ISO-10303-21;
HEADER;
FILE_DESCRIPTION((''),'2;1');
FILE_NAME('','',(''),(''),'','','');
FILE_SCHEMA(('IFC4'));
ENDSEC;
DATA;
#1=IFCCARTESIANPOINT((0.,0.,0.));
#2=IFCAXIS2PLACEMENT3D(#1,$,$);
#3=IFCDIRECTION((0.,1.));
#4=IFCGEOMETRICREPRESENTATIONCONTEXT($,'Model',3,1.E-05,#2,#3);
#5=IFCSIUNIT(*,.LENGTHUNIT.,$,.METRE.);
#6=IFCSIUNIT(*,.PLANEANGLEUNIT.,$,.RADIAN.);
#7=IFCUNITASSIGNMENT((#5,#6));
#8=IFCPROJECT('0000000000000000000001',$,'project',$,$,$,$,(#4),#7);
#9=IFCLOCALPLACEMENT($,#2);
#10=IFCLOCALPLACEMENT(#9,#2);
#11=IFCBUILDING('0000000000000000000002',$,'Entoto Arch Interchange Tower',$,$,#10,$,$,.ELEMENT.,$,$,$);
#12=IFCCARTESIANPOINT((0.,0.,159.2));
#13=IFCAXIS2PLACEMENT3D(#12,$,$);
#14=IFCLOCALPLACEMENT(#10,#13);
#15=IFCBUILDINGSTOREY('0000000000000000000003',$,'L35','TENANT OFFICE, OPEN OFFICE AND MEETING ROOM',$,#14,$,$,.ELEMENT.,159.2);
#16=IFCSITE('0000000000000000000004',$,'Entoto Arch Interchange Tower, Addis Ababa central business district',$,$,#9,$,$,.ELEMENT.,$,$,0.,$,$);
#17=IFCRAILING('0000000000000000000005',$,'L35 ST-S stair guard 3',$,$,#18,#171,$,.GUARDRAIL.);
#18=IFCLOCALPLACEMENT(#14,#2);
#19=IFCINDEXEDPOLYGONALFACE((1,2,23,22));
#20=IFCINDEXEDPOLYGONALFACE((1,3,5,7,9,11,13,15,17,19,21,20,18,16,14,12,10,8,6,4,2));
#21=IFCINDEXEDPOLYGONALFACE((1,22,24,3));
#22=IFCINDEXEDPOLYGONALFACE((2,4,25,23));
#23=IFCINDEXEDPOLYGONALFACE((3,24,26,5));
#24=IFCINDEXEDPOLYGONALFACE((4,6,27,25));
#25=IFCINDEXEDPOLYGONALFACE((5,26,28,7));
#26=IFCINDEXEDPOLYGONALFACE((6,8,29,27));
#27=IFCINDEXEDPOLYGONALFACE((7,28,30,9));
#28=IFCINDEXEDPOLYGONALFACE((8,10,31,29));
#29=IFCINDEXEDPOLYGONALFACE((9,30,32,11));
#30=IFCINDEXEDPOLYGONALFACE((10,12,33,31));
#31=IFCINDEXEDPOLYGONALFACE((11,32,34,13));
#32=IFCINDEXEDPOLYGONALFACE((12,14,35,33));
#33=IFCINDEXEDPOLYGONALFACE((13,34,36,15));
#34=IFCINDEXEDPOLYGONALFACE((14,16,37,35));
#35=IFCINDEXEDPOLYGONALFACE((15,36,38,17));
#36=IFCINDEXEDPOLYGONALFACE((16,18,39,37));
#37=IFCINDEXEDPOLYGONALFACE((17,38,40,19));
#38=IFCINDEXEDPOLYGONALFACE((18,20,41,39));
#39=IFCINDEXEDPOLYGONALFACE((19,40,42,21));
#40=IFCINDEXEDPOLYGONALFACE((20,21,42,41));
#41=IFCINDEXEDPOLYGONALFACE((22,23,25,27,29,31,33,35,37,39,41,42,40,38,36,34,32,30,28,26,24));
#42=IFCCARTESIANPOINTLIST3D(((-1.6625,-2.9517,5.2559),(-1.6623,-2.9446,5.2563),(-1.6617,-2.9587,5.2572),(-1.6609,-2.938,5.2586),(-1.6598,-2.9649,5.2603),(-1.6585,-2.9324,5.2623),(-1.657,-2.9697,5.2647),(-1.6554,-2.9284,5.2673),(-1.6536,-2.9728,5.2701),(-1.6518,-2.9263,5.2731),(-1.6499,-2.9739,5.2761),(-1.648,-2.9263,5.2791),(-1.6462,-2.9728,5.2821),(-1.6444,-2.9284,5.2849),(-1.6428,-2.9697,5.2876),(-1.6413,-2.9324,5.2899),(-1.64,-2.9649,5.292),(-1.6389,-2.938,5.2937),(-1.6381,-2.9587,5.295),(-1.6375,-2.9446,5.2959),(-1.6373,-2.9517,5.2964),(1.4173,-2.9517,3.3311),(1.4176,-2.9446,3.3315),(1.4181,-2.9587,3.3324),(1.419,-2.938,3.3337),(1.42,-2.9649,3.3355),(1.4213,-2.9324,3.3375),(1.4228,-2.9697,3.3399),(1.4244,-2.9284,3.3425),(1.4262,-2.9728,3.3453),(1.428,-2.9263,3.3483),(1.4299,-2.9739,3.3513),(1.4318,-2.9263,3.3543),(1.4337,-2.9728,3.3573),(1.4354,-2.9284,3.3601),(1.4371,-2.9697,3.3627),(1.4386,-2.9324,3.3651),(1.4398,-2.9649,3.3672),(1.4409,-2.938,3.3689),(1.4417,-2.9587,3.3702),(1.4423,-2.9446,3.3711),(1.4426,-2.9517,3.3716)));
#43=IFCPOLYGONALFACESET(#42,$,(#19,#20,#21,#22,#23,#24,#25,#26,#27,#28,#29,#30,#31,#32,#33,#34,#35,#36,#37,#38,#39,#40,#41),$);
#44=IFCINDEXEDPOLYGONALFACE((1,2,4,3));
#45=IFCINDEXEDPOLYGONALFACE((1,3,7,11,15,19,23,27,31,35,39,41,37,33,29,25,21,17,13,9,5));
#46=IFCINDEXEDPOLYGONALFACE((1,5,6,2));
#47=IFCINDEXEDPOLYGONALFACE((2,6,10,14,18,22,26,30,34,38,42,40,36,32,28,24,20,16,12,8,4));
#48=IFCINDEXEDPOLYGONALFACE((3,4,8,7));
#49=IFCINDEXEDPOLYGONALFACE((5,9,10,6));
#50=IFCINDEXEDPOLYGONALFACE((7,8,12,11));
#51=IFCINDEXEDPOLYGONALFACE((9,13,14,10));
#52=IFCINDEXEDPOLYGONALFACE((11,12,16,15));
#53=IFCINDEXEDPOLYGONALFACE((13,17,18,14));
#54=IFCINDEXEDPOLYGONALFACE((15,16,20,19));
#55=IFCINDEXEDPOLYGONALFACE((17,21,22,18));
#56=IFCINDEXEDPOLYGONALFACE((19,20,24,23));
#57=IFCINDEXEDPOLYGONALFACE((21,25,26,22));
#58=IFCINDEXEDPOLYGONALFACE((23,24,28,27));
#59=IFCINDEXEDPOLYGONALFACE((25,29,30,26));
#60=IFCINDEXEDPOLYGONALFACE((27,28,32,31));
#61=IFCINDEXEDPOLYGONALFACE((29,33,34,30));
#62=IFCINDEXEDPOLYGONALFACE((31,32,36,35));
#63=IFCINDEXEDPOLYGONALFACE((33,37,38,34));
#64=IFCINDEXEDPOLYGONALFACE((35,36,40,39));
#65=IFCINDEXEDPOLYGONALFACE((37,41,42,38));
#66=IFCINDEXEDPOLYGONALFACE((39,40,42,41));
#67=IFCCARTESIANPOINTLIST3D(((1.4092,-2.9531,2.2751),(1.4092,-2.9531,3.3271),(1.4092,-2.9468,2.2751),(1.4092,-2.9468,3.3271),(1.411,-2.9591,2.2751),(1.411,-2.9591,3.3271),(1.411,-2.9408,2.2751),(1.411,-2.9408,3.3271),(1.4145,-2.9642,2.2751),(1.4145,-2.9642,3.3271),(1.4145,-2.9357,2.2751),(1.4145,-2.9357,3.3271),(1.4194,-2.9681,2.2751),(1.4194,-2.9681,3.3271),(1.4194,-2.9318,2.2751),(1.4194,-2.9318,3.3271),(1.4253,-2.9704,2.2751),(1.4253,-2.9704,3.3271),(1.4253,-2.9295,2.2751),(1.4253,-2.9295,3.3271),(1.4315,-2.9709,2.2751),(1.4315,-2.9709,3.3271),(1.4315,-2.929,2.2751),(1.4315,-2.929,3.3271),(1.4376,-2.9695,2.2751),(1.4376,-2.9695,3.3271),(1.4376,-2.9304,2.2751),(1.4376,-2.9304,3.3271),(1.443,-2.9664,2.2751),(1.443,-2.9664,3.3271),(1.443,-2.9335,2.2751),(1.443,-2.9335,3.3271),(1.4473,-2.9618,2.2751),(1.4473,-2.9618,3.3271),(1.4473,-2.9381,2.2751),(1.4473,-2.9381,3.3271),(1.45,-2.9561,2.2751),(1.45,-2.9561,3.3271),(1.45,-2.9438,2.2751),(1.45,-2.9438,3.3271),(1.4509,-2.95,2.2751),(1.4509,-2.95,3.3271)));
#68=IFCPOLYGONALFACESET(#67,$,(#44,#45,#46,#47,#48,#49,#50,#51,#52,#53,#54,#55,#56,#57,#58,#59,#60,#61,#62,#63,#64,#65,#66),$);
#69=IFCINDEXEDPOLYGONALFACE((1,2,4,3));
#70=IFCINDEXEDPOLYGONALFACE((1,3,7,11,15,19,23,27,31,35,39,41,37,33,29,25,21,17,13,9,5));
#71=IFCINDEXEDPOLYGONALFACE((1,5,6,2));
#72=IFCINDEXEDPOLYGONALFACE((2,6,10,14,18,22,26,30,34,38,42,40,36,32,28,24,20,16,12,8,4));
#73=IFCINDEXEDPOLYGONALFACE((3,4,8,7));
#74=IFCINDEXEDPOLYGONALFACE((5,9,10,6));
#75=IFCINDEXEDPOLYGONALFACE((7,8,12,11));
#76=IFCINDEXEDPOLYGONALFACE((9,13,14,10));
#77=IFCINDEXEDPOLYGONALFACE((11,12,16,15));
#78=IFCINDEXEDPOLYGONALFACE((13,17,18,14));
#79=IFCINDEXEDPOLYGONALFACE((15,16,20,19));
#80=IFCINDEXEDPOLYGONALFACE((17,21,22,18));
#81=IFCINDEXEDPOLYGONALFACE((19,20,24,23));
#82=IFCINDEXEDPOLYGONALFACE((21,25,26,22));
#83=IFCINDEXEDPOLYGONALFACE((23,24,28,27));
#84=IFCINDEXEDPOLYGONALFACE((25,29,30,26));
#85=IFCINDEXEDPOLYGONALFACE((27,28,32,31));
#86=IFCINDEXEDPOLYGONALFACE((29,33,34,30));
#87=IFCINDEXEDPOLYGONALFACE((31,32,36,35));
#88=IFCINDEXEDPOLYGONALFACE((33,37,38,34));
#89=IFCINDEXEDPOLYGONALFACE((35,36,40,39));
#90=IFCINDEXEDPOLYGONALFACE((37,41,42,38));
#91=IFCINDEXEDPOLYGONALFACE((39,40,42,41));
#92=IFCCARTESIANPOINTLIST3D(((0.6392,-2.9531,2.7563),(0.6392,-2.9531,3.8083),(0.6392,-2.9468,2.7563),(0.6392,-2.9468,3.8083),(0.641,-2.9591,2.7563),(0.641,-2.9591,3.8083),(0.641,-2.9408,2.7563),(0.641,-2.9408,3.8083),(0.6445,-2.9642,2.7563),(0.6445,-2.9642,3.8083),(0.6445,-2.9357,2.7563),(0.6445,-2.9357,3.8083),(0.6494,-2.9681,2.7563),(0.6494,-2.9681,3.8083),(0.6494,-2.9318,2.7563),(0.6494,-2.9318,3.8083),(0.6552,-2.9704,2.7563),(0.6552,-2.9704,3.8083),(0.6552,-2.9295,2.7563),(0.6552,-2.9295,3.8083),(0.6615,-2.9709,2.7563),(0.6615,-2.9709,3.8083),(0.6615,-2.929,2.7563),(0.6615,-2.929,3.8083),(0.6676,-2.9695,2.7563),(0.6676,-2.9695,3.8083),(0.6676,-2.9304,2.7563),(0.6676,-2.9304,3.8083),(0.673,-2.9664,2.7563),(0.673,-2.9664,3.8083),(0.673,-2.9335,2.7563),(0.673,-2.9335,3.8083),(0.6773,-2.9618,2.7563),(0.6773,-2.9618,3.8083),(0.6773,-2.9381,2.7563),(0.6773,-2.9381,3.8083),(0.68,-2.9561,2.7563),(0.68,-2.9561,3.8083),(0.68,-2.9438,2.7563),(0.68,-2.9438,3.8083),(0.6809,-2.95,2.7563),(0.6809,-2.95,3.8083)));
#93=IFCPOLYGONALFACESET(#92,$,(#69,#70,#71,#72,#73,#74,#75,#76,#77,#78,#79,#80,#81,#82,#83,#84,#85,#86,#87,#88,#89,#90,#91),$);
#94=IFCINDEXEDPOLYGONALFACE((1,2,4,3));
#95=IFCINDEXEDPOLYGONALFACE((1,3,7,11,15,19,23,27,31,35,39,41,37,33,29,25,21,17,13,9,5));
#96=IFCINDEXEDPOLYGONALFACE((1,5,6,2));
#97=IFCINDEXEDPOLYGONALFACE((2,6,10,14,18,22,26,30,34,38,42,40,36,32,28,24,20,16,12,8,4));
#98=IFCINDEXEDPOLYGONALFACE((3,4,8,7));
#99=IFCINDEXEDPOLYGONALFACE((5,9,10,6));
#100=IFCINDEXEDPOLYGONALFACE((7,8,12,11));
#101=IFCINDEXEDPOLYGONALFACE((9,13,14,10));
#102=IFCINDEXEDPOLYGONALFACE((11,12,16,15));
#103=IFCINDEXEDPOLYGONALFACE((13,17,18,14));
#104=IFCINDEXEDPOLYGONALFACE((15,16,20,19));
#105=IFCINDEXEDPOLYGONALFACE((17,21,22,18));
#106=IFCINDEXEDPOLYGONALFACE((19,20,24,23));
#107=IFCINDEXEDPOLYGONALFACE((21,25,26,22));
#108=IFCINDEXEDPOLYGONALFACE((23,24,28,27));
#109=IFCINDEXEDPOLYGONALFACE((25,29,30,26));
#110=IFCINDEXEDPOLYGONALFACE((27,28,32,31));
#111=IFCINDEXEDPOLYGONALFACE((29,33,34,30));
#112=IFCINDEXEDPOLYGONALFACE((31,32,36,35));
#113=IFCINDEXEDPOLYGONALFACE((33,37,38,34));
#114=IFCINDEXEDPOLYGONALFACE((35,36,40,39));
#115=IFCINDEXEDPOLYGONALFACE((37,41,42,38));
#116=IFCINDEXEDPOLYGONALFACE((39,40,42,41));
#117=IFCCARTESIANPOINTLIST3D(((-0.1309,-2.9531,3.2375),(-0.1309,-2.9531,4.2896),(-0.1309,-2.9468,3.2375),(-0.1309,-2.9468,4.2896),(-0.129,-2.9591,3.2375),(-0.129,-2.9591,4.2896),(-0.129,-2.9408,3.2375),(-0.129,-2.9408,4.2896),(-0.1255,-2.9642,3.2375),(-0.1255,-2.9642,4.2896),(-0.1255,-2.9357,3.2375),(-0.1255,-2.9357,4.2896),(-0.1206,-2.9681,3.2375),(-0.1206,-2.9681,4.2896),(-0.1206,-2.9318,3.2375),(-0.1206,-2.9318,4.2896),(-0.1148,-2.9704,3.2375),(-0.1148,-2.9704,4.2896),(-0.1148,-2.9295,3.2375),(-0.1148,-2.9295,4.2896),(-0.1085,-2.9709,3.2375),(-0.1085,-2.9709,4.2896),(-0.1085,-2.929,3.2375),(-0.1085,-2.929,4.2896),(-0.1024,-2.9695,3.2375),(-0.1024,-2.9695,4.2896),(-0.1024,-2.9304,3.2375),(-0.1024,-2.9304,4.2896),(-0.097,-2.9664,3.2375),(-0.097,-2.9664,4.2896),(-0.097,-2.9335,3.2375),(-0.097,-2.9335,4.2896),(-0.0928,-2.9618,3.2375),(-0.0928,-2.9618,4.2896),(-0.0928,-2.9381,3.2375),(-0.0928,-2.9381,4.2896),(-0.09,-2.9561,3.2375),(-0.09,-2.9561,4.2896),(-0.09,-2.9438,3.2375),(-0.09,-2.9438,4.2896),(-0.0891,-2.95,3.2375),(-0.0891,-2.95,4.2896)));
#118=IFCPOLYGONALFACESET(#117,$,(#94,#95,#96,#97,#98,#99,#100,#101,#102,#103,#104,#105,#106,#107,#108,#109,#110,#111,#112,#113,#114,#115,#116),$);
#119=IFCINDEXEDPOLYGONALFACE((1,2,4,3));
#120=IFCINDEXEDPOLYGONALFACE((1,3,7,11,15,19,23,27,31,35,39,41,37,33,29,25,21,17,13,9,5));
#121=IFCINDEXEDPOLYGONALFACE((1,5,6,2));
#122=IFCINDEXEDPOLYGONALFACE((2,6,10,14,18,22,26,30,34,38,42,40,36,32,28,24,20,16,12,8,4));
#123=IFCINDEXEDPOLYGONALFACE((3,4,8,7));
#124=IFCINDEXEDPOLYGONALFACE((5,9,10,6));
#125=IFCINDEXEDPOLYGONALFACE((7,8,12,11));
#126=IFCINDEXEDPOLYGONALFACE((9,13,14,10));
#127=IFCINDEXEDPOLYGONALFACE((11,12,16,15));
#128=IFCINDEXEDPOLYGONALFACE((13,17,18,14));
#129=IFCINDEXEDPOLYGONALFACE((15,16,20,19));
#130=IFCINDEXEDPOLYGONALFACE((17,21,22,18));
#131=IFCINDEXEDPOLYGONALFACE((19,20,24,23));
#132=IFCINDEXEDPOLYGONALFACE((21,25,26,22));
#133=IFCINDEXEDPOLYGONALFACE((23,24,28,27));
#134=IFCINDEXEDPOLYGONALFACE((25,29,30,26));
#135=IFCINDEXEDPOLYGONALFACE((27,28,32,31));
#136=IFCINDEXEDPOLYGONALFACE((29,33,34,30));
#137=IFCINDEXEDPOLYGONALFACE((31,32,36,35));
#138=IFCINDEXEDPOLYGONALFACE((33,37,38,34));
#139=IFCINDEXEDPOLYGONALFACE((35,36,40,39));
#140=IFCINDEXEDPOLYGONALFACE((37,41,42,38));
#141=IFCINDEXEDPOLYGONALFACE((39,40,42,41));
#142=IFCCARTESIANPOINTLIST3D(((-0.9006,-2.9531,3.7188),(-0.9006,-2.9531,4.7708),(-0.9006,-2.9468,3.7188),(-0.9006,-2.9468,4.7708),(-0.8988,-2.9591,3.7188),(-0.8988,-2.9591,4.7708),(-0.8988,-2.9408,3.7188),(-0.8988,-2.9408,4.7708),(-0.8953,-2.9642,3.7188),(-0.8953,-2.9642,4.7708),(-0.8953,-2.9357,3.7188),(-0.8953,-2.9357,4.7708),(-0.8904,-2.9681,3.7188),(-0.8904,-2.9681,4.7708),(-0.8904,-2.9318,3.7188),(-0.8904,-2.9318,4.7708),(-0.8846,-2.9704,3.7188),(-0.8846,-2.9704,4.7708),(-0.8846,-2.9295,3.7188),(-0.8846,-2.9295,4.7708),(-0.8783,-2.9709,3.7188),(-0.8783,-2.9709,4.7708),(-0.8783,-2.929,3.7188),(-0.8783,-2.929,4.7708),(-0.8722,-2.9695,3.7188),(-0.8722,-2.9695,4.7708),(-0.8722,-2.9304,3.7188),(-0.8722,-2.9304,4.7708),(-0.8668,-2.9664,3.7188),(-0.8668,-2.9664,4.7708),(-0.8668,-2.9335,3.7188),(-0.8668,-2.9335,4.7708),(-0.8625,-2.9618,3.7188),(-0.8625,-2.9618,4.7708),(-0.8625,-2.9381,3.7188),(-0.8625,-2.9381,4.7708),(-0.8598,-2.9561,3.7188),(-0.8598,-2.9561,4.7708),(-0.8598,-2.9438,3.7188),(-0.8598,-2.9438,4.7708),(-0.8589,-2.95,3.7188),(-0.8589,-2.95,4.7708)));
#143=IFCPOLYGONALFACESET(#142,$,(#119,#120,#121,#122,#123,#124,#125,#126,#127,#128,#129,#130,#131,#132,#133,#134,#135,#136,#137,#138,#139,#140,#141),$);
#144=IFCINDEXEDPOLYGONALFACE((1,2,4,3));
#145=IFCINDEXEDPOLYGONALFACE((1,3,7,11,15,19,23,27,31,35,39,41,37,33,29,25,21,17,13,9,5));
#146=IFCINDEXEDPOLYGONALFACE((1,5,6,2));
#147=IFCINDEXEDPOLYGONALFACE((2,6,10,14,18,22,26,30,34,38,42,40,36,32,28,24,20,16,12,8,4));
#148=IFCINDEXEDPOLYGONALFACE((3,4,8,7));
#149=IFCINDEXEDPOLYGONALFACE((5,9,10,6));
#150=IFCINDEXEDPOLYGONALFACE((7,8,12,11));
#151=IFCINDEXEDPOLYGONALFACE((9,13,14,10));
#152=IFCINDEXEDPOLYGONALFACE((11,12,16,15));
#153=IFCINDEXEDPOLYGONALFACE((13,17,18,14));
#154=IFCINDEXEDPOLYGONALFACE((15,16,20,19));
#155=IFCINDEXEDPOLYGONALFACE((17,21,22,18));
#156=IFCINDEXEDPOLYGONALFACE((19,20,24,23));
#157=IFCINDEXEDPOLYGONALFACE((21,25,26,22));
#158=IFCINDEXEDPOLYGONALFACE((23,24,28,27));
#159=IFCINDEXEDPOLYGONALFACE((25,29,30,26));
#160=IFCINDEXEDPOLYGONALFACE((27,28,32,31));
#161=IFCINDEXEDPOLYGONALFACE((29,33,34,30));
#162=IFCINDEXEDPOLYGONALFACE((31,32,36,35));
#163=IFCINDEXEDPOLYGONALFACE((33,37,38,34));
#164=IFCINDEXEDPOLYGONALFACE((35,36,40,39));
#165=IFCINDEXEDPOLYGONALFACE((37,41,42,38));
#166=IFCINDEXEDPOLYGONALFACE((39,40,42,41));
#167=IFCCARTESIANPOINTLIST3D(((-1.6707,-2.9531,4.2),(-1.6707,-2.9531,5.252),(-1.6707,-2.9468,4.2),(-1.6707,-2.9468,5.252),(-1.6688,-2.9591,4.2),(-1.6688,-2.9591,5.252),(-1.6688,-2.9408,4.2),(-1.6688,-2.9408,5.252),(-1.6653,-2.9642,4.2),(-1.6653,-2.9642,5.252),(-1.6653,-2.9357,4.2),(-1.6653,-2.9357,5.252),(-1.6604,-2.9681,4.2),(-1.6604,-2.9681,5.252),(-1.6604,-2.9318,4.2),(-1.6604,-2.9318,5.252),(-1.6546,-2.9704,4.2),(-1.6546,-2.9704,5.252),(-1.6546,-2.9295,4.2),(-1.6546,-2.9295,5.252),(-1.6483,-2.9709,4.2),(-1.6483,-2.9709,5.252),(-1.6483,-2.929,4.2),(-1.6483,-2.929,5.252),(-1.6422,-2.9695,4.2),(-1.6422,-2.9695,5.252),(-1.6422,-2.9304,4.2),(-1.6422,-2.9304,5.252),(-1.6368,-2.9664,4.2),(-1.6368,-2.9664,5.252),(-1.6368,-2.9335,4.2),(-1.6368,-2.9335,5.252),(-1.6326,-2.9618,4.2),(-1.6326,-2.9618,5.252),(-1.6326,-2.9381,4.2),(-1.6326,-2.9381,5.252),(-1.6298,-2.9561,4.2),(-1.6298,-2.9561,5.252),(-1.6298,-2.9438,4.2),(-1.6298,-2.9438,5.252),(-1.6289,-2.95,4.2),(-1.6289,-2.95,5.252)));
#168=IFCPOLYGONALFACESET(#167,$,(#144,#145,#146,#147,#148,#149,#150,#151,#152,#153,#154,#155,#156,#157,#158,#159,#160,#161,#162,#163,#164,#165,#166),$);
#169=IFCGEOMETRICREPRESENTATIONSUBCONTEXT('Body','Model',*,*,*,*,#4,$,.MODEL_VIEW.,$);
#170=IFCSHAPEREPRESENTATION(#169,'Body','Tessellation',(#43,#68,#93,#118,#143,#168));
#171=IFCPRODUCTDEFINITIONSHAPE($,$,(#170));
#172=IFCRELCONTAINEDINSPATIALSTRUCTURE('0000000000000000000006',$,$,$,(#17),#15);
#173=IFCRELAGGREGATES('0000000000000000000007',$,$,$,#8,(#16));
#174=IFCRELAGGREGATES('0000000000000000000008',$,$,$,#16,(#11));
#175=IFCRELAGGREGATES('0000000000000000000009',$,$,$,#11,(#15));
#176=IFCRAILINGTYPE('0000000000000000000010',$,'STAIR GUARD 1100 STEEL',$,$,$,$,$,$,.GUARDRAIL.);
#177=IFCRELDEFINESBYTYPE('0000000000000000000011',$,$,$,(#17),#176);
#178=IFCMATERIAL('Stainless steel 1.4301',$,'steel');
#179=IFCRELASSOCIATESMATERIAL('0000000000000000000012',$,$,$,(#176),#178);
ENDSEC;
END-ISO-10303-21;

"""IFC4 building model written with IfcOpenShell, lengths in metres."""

from ifc_helpers import new_model, si_unit, direction, frame, origin, origin_2d, place, context, subcontext, project, spatial, circle, extrude, material, type_object, element, save


model = new_model("IFC4")

# Units and contexts
model_context = context("Model", 3, precision=1e-05, world=origin(), true_north=direction((0.0, 1.0)))
body_context = subcontext(model_context, "Body", "Model", "MODEL_VIEW")
ifc_project = project(units=[si_unit("LENGTHUNIT", "METRE"), si_unit("PLANEANGLEUNIT", "RADIAN")], contexts=[model_context])

# Site, building, storey
site_placement = place(None, origin())
site = spatial("IfcSite", under=ifc_project, at=site_placement, Name="Entoto Arch Interchange Tower, Addis Ababa central business district", CompositionType="ELEMENT", RefElevation=0.0)
building_placement = place(site_placement, origin())
building = spatial("IfcBuilding", under=site, at=building_placement, Name="Entoto Arch Interchange Tower", CompositionType="ELEMENT")
storey_placement = place(building_placement, frame((0.0, 0.0, 159.2)))
storey = spatial("IfcBuildingStorey", under=building, at=storey_placement, Name="L35", Description="TENANT OFFICE, OPEN OFFICE AND MEETING ROOM", CompositionType="ELEMENT", Elevation=159.2)

# Railing
ifc_material_1 = material(Name="Stainless steel 1.4301", Category="steel")
railing_type_1 = type_object("IfcRailingType", Name="STAIR GUARD 1100 STEEL", PredefinedType="GUARDRAIL", material=ifc_material_1)
railing_1_placement = place(storey_placement, frame((1.4299, -2.95, 2.2751)))
element("IfcRailing", 1, at=railing_1_placement, inside=storey, type_object=railing_type_1, Name="L35 ST-S stair guard 3", PredefinedType="GUARDRAIL", context=body_context, shape_type="SweptSolid", body=[
    extrude(circle(Radius=0.0239, at=origin_2d()), frame((0.0, 0.0, 1.0762), z_axis=(-0.84801, 0.0, 0.529981), x_axis=(0.0, -1.0, 0.0)), (0.0, 0.0, 1.0), 3.6318),
    extrude(circle(Radius=0.021, at=origin_2d()), origin(), (0.0, 0.0, 1.0), 1.052),
    extrude(circle(Radius=0.021, at=origin_2d()), frame((-0.77, 0.0, 0.4812)), (0.0, 0.0, 1.0), 1.052),
    extrude(circle(Radius=0.021, at=origin_2d()), frame((-1.54, 0.0, 0.9624)), (0.0, 0.0, 1.0), 1.052),
    extrude(circle(Radius=0.021, at=origin_2d()), frame((-2.3098, 0.0, 1.4436)), (0.0, 0.0, 1.0), 1.052),
    extrude(circle(Radius=0.021, at=origin_2d()), frame((-3.0798, 0.0, 1.9248)), (0.0, 0.0, 1.0), 1.052),
])

save(model, "model.ifc")
